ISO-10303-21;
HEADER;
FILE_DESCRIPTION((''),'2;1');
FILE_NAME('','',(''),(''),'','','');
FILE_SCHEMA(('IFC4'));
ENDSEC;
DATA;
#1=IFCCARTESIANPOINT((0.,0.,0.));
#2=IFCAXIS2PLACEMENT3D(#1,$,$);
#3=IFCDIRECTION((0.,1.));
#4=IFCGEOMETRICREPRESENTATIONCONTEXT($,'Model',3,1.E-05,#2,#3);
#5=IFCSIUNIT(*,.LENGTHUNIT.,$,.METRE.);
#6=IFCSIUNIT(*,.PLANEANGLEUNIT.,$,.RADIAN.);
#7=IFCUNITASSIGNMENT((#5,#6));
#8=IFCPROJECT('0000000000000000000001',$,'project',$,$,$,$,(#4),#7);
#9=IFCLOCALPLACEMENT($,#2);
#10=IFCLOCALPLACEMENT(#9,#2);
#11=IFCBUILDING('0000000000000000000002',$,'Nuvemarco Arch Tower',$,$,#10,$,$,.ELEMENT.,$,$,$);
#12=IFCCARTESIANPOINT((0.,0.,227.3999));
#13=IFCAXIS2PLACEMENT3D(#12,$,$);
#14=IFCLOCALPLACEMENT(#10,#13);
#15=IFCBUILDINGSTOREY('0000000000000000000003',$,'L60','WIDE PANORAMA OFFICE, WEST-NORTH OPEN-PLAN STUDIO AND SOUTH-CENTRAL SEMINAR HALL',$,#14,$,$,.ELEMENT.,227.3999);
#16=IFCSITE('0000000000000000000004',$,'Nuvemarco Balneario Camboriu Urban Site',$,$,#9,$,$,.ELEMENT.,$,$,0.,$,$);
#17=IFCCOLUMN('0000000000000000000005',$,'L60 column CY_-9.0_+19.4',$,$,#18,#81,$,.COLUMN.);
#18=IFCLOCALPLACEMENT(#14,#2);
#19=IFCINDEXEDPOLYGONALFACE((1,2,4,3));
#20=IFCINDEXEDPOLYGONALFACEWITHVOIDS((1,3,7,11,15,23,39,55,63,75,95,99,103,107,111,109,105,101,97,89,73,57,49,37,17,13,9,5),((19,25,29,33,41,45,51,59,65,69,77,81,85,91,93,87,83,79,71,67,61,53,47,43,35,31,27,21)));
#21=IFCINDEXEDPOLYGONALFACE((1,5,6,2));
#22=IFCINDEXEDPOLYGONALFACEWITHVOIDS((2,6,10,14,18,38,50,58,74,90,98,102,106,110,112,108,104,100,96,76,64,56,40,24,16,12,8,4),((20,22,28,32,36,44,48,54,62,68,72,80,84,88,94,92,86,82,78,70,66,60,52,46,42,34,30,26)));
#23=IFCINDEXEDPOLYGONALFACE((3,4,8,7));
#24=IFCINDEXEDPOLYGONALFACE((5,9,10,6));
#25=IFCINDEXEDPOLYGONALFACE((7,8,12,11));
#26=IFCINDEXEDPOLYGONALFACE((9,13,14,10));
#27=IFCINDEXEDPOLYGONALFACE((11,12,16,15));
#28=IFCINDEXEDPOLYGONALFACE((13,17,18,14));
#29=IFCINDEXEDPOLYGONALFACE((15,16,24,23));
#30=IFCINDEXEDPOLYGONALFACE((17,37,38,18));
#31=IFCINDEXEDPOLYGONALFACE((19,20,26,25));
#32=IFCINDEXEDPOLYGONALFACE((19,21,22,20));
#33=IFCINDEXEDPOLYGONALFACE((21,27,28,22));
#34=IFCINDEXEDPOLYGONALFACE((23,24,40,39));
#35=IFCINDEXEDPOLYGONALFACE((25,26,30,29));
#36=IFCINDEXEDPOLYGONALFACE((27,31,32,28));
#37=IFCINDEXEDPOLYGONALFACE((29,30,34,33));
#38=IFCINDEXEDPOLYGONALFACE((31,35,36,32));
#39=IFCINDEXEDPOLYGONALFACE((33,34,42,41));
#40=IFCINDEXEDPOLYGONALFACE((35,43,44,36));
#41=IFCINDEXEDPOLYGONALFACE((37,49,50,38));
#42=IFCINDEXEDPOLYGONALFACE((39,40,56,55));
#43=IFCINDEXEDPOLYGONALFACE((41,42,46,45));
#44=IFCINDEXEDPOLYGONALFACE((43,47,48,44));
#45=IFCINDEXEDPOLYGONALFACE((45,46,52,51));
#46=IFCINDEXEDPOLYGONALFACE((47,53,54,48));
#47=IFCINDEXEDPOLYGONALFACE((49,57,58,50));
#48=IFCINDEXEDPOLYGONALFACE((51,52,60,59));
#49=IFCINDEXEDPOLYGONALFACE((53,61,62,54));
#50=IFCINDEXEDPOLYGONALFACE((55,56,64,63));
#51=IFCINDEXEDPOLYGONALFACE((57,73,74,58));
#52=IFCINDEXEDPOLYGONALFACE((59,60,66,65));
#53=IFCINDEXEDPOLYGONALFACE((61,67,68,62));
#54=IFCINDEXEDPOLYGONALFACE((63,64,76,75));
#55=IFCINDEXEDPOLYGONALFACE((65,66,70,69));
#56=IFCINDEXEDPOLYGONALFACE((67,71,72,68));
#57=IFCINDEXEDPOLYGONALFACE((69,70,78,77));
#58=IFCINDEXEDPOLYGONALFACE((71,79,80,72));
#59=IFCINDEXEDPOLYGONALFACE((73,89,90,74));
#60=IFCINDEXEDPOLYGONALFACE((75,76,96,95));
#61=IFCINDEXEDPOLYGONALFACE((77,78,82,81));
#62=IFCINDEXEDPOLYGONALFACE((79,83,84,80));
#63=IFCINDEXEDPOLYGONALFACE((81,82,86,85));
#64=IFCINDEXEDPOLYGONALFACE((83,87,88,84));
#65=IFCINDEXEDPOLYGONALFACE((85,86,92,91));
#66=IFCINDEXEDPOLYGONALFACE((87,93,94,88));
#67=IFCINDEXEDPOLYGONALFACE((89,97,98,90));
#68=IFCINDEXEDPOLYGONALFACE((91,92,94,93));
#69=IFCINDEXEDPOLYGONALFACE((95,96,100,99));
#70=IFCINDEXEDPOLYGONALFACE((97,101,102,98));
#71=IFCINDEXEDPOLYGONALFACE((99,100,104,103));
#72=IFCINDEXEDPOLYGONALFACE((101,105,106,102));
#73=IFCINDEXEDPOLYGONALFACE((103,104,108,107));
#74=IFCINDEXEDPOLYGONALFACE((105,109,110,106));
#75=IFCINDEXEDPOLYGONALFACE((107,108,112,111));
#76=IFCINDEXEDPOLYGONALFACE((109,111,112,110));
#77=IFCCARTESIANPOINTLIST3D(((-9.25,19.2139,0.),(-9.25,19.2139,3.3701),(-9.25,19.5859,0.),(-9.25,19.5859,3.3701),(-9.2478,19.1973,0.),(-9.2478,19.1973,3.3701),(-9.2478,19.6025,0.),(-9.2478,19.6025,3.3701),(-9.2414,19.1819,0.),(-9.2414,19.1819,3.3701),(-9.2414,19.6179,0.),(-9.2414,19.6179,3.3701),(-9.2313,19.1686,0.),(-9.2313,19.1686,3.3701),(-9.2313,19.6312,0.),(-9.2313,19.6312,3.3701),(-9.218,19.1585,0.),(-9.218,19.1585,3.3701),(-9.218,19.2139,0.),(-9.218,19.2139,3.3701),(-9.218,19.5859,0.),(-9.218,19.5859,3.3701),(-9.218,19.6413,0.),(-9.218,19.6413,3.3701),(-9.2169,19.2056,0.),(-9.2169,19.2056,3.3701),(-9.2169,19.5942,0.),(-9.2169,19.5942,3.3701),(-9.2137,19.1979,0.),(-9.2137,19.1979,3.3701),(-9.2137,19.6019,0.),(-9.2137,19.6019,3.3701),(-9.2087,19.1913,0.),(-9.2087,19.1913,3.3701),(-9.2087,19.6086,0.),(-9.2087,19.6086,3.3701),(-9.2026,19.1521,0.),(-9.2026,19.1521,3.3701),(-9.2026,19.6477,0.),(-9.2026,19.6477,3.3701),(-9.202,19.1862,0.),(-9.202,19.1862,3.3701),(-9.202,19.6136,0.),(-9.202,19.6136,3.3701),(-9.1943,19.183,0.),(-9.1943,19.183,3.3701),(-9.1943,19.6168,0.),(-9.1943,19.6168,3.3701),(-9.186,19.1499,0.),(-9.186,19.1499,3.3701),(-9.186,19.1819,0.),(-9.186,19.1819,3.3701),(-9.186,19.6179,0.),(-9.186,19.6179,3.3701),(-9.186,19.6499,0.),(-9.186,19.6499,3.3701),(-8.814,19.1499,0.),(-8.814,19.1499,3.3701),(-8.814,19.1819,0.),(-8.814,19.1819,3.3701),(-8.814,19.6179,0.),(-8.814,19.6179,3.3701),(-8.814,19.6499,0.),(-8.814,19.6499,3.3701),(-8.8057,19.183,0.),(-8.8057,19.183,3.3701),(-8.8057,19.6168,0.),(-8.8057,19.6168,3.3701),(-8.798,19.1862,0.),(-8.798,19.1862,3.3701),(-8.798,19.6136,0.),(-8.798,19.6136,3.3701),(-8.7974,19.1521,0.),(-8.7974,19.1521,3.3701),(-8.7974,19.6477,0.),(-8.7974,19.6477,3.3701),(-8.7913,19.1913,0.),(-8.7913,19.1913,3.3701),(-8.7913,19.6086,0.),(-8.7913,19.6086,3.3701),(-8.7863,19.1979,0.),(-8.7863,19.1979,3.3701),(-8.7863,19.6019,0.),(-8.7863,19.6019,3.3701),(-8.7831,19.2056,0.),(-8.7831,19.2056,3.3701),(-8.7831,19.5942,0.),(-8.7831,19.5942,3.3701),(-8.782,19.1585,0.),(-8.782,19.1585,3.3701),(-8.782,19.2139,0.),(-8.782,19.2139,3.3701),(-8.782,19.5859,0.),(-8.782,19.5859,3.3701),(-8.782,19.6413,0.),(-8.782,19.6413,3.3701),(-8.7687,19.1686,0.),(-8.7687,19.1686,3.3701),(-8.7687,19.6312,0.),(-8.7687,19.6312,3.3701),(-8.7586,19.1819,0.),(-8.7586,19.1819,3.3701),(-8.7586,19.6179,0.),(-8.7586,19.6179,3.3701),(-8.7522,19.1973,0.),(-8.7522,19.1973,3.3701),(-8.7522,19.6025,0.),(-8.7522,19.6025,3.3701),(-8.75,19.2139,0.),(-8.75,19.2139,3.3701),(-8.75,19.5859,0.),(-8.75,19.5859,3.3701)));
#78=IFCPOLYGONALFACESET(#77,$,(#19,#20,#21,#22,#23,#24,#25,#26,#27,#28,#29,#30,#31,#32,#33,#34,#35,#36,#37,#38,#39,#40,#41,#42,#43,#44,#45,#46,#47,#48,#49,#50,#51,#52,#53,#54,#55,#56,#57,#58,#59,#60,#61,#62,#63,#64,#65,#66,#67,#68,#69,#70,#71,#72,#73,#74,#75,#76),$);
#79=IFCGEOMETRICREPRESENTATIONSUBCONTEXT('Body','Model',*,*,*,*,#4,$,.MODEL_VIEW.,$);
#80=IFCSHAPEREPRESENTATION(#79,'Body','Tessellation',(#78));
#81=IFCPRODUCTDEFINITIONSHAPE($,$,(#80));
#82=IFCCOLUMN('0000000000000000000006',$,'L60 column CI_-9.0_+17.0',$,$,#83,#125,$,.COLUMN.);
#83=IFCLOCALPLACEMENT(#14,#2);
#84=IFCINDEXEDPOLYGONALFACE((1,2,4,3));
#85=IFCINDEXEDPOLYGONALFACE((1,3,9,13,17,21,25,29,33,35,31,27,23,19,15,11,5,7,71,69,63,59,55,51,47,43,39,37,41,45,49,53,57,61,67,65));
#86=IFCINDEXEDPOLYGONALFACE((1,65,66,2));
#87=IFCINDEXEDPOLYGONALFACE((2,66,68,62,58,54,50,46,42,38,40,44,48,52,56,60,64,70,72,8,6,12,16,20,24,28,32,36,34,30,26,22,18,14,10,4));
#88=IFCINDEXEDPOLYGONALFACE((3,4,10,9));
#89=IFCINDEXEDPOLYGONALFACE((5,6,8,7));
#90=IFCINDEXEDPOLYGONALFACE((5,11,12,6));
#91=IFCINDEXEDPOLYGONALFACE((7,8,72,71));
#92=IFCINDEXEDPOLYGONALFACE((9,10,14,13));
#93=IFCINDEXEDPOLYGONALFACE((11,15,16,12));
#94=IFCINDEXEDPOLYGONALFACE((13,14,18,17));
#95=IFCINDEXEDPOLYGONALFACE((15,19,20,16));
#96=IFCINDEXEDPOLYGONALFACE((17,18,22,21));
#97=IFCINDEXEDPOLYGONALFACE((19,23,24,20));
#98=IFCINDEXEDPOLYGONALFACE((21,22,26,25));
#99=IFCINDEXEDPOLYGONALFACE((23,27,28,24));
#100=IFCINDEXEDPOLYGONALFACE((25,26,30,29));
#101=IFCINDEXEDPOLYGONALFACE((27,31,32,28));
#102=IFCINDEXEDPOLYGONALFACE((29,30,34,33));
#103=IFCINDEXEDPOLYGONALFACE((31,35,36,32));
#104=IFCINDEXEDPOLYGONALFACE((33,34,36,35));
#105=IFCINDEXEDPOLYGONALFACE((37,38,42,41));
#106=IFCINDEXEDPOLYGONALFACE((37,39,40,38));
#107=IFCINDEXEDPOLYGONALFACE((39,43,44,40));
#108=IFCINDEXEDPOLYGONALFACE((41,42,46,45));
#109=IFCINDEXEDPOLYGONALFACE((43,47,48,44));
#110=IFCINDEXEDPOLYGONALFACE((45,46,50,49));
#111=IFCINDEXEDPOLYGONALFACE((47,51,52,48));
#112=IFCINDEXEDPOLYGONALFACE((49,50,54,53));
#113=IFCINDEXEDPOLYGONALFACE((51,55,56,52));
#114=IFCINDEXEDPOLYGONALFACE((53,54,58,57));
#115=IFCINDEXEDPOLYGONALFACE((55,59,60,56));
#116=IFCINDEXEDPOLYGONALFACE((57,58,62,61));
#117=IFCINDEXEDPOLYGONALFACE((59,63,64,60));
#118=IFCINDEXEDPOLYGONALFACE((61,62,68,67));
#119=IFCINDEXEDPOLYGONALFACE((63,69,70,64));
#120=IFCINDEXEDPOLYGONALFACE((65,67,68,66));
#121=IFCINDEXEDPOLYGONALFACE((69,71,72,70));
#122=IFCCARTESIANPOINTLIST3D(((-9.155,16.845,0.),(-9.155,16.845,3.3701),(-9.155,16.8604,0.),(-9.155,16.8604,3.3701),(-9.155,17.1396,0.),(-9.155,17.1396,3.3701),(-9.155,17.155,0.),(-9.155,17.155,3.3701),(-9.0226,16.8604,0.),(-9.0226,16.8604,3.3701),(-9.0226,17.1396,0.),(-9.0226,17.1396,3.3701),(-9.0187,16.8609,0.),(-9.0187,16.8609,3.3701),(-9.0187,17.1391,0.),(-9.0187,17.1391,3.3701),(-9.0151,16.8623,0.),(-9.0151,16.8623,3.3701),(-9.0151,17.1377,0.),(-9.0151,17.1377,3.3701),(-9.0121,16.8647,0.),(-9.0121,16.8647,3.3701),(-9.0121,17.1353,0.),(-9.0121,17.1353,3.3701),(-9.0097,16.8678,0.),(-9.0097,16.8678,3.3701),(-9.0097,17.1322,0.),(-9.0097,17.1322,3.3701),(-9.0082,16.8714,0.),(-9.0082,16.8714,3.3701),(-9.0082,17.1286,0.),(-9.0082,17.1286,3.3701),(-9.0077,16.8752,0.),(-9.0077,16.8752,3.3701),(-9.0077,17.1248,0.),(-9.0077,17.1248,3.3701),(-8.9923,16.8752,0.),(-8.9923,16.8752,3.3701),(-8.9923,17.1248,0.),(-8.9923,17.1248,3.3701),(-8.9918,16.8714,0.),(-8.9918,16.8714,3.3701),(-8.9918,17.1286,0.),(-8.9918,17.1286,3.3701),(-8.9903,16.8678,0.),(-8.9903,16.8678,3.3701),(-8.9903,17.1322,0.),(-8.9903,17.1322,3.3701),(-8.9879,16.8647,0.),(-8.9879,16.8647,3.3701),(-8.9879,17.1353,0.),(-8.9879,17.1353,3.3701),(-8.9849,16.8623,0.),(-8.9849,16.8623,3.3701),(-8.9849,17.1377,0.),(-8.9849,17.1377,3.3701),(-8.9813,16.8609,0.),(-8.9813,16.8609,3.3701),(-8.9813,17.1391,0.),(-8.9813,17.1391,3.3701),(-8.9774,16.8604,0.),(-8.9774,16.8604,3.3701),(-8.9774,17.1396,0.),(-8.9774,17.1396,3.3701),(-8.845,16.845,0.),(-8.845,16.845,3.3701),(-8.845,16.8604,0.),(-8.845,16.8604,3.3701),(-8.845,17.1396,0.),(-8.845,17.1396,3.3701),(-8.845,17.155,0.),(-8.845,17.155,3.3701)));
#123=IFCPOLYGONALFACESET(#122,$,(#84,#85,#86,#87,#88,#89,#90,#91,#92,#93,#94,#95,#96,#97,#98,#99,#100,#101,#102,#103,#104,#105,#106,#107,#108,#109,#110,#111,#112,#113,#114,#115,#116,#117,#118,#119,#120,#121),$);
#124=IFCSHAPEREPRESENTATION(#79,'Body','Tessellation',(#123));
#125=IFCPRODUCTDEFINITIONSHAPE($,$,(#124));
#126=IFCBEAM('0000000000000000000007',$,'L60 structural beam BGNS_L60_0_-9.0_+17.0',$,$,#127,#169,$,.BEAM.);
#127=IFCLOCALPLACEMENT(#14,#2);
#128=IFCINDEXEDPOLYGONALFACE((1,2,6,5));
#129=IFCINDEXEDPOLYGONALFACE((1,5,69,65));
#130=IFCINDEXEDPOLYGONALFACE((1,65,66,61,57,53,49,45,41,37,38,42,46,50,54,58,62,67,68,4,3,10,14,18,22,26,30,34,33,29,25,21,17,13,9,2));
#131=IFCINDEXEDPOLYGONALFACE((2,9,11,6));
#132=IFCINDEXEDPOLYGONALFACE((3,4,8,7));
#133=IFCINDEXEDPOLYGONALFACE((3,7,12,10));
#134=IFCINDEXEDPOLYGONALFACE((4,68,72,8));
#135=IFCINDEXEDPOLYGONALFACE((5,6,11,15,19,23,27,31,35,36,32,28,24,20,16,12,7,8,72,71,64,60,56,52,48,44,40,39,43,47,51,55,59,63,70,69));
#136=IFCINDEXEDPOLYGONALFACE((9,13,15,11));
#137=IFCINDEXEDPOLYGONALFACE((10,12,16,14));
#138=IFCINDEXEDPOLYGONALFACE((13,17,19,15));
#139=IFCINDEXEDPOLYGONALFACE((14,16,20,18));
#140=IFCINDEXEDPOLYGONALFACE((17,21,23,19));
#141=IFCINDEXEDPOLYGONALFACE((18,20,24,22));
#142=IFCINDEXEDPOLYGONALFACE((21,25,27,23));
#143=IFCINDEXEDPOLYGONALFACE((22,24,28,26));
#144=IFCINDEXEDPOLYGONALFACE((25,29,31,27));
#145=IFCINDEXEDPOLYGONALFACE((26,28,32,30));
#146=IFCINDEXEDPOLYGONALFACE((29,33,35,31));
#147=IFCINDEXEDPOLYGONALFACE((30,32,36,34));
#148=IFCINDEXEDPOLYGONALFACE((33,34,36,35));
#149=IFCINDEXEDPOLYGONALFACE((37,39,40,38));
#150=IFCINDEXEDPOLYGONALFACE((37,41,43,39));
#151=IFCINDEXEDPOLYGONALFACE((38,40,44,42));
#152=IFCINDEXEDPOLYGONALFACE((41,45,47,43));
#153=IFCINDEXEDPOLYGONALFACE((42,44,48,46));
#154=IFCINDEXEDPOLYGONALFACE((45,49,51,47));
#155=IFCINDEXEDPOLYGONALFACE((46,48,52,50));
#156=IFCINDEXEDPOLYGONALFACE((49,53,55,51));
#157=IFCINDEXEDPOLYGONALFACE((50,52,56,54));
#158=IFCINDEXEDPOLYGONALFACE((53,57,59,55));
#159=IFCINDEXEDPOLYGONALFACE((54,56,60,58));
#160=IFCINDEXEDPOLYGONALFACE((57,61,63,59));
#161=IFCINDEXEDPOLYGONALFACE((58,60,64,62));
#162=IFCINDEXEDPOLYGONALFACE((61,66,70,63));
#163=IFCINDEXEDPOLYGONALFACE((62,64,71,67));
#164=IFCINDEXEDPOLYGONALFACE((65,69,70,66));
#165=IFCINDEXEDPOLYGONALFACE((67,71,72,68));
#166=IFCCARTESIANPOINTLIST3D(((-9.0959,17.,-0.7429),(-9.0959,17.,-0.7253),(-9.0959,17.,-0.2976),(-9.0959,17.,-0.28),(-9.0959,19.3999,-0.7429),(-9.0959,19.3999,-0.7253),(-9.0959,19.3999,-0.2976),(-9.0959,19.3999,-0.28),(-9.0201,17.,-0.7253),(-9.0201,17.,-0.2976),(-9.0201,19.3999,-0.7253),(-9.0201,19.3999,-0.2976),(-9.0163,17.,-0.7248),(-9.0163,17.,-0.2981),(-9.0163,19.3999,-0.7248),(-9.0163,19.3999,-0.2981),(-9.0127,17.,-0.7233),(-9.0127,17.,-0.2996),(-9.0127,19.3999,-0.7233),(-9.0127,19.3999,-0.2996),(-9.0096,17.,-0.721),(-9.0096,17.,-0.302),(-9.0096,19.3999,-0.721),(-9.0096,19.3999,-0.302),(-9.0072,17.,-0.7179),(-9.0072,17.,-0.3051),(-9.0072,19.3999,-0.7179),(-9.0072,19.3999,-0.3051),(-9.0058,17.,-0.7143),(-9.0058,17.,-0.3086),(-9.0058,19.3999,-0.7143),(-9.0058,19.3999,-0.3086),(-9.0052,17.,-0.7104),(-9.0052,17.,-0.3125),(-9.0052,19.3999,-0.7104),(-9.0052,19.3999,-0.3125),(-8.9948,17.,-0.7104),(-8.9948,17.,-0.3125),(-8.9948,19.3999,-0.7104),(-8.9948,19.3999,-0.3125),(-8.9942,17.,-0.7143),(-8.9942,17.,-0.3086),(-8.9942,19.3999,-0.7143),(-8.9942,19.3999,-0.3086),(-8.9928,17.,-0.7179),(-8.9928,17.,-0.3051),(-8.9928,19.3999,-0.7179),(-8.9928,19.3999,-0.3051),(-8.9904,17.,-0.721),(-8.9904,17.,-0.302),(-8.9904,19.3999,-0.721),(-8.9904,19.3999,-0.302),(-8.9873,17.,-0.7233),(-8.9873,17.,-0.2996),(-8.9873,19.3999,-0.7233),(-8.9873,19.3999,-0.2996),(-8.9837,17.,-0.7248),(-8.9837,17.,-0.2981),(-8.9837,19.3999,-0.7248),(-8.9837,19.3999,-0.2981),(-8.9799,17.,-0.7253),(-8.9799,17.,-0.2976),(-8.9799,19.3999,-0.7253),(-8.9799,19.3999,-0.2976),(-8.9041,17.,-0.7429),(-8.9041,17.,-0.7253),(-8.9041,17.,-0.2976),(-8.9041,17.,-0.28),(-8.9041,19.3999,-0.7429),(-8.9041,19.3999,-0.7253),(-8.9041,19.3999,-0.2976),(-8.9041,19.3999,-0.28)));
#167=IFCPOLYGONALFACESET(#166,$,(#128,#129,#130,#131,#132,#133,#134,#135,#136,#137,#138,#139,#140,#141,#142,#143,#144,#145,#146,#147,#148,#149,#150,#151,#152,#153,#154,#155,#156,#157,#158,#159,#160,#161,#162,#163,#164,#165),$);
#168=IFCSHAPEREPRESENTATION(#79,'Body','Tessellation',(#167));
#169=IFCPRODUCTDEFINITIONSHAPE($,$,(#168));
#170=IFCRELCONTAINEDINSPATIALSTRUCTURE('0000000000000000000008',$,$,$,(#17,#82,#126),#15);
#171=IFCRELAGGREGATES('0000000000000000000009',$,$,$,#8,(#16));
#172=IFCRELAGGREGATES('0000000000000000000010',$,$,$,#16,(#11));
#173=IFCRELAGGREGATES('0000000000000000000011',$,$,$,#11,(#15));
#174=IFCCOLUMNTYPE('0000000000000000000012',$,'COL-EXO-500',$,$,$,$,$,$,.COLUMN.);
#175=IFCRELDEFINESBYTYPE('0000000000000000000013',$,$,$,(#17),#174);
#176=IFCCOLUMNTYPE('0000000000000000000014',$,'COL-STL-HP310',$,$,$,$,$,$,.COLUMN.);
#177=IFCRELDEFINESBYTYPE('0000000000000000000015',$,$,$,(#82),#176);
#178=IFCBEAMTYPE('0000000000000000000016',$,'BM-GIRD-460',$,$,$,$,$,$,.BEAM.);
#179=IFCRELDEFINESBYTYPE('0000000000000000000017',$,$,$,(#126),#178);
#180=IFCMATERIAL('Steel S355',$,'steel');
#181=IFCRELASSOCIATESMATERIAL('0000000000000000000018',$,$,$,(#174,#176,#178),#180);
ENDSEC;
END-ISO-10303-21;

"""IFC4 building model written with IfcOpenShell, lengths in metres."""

from ifc_helpers import new_model, si_unit, direction, frame, origin, origin_2d, place, context, subcontext, project, spatial, hollow_rectangle, i_section, extrude, material, material_profile, profile_set, type_object, element, save


model = new_model("IFC4")

# Units and contexts
model_context = context("Model", 3, precision=1e-05, world=origin(), true_north=direction((0.0, 1.0)))
body_context = subcontext(model_context, "Body", "Model", "MODEL_VIEW")
ifc_project = project(units=[si_unit("LENGTHUNIT", "METRE"), si_unit("PLANEANGLEUNIT", "RADIAN")], contexts=[model_context])

# Site, building, storey
site_placement = place(None, origin())
site = spatial("IfcSite", under=ifc_project, at=site_placement, Name="Nuvemarco Balneario Camboriu Urban Site", CompositionType="ELEMENT", RefElevation=0.0)
building_placement = place(site_placement, origin())
building = spatial("IfcBuilding", under=site, at=building_placement, Name="Nuvemarco Arch Tower", CompositionType="ELEMENT")
storey_placement = place(building_placement, frame((0.0, 0.0, 227.3999)))
storey = spatial("IfcBuildingStorey", under=building, at=storey_placement, Name="L60", Description="WIDE PANORAMA OFFICE, WEST-NORTH OPEN-PLAN STUDIO AND SOUTH-CENTRAL SEMINAR HALL", CompositionType="ELEMENT", Elevation=227.3999)

# Columns
ifc_material_1 = material(Name="Steel S355", Category="steel")
ifc_material_profile_1 = material_profile(ifc_material_1, hollow_rectangle(XDim=0.5, YDim=0.5, WallThickness=0.032, InnerFilletRadius=0.032, OuterFilletRadius=0.064, at=origin_2d()), Name="SHS500x500x32")
ifc_profile_set_1 = profile_set([ifc_material_profile_1], Name="Steel S355")
column_type_1 = type_object("IfcColumnType", Name="COL-EXO-500", PredefinedType="COLUMN", material=ifc_profile_set_1)
column_1_placement = place(storey_placement, frame((-9.0, 19.3999, 0.0), z_axis=(0.0, 0.0, 1.0), x_axis=(1.0, 0.0, 0.0)))
element("IfcColumn", 1, at=column_1_placement, inside=storey, type_object=column_type_1, Name="L60 column CY_-9.0_+19.4", PredefinedType="COLUMN", context=body_context, shape_type="SweptSolid", body=[
    extrude(hollow_rectangle(XDim=0.5, YDim=0.5, WallThickness=0.032, InnerFilletRadius=0.032, OuterFilletRadius=0.064, at=origin_2d()), origin(), (0.0, 0.0, 1.0), 3.3701),
])
ifc_material_profile_2 = material_profile(ifc_material_1, i_section(OverallWidth=0.3101, OverallDepth=0.3101, WebThickness=0.0154, FlangeThickness=0.0154, FilletRadius=0.0149, at=origin_2d()), Name="HP310x110")
ifc_profile_set_2 = profile_set([ifc_material_profile_2], Name="Steel S355")
column_type_2 = type_object("IfcColumnType", Name="COL-STL-HP310", PredefinedType="COLUMN", material=ifc_profile_set_2)
column_2_placement = place(storey_placement, frame((-9.0, 17.0, 0.0), z_axis=(0.0, 0.0, 1.0), x_axis=(1.0, 0.0, 0.0)))
element("IfcColumn", 2, at=column_2_placement, inside=storey, type_object=column_type_2, Name="L60 column CI_-9.0_+17.0", PredefinedType="COLUMN", context=body_context, shape_type="SweptSolid", body=[
    extrude(i_section(OverallWidth=0.3101, OverallDepth=0.3101, WebThickness=0.0154, FlangeThickness=0.0154, FilletRadius=0.0149, at=origin_2d()), origin(), (0.0, 0.0, 1.0), 3.3701),
])

# Beam
ifc_material_profile_3 = material_profile(ifc_material_1, i_section(OverallWidth=0.1919, OverallDepth=0.4629, WebThickness=0.0105, FlangeThickness=0.0176, FilletRadius=0.0149, at=origin_2d()), Name="W460x89")
ifc_profile_set_3 = profile_set([ifc_material_profile_3], Name="Steel S355")
beam_type_1 = type_object("IfcBeamType", Name="BM-GIRD-460", PredefinedType="BEAM", material=ifc_profile_set_3)
beam_1_placement = place(storey_placement, frame((-9.0, 17.0, -0.5115), z_axis=(0.0, 1.0, 0.0), x_axis=(-1.0, 0.0, 0.0)))
element("IfcBeam", 3, at=beam_1_placement, inside=storey, type_object=beam_type_1, Name="L60 structural beam BGNS_L60_0_-9.0_+17.0", PredefinedType="BEAM", context=body_context, shape_type="SweptSolid", body=[
    extrude(i_section(OverallWidth=0.1919, OverallDepth=0.4629, WebThickness=0.0105, FlangeThickness=0.0176, FilletRadius=0.0149, at=origin_2d()), origin(), (0.0, 0.0, 1.0), 2.3999),
])

save(model, "model.ifc")
